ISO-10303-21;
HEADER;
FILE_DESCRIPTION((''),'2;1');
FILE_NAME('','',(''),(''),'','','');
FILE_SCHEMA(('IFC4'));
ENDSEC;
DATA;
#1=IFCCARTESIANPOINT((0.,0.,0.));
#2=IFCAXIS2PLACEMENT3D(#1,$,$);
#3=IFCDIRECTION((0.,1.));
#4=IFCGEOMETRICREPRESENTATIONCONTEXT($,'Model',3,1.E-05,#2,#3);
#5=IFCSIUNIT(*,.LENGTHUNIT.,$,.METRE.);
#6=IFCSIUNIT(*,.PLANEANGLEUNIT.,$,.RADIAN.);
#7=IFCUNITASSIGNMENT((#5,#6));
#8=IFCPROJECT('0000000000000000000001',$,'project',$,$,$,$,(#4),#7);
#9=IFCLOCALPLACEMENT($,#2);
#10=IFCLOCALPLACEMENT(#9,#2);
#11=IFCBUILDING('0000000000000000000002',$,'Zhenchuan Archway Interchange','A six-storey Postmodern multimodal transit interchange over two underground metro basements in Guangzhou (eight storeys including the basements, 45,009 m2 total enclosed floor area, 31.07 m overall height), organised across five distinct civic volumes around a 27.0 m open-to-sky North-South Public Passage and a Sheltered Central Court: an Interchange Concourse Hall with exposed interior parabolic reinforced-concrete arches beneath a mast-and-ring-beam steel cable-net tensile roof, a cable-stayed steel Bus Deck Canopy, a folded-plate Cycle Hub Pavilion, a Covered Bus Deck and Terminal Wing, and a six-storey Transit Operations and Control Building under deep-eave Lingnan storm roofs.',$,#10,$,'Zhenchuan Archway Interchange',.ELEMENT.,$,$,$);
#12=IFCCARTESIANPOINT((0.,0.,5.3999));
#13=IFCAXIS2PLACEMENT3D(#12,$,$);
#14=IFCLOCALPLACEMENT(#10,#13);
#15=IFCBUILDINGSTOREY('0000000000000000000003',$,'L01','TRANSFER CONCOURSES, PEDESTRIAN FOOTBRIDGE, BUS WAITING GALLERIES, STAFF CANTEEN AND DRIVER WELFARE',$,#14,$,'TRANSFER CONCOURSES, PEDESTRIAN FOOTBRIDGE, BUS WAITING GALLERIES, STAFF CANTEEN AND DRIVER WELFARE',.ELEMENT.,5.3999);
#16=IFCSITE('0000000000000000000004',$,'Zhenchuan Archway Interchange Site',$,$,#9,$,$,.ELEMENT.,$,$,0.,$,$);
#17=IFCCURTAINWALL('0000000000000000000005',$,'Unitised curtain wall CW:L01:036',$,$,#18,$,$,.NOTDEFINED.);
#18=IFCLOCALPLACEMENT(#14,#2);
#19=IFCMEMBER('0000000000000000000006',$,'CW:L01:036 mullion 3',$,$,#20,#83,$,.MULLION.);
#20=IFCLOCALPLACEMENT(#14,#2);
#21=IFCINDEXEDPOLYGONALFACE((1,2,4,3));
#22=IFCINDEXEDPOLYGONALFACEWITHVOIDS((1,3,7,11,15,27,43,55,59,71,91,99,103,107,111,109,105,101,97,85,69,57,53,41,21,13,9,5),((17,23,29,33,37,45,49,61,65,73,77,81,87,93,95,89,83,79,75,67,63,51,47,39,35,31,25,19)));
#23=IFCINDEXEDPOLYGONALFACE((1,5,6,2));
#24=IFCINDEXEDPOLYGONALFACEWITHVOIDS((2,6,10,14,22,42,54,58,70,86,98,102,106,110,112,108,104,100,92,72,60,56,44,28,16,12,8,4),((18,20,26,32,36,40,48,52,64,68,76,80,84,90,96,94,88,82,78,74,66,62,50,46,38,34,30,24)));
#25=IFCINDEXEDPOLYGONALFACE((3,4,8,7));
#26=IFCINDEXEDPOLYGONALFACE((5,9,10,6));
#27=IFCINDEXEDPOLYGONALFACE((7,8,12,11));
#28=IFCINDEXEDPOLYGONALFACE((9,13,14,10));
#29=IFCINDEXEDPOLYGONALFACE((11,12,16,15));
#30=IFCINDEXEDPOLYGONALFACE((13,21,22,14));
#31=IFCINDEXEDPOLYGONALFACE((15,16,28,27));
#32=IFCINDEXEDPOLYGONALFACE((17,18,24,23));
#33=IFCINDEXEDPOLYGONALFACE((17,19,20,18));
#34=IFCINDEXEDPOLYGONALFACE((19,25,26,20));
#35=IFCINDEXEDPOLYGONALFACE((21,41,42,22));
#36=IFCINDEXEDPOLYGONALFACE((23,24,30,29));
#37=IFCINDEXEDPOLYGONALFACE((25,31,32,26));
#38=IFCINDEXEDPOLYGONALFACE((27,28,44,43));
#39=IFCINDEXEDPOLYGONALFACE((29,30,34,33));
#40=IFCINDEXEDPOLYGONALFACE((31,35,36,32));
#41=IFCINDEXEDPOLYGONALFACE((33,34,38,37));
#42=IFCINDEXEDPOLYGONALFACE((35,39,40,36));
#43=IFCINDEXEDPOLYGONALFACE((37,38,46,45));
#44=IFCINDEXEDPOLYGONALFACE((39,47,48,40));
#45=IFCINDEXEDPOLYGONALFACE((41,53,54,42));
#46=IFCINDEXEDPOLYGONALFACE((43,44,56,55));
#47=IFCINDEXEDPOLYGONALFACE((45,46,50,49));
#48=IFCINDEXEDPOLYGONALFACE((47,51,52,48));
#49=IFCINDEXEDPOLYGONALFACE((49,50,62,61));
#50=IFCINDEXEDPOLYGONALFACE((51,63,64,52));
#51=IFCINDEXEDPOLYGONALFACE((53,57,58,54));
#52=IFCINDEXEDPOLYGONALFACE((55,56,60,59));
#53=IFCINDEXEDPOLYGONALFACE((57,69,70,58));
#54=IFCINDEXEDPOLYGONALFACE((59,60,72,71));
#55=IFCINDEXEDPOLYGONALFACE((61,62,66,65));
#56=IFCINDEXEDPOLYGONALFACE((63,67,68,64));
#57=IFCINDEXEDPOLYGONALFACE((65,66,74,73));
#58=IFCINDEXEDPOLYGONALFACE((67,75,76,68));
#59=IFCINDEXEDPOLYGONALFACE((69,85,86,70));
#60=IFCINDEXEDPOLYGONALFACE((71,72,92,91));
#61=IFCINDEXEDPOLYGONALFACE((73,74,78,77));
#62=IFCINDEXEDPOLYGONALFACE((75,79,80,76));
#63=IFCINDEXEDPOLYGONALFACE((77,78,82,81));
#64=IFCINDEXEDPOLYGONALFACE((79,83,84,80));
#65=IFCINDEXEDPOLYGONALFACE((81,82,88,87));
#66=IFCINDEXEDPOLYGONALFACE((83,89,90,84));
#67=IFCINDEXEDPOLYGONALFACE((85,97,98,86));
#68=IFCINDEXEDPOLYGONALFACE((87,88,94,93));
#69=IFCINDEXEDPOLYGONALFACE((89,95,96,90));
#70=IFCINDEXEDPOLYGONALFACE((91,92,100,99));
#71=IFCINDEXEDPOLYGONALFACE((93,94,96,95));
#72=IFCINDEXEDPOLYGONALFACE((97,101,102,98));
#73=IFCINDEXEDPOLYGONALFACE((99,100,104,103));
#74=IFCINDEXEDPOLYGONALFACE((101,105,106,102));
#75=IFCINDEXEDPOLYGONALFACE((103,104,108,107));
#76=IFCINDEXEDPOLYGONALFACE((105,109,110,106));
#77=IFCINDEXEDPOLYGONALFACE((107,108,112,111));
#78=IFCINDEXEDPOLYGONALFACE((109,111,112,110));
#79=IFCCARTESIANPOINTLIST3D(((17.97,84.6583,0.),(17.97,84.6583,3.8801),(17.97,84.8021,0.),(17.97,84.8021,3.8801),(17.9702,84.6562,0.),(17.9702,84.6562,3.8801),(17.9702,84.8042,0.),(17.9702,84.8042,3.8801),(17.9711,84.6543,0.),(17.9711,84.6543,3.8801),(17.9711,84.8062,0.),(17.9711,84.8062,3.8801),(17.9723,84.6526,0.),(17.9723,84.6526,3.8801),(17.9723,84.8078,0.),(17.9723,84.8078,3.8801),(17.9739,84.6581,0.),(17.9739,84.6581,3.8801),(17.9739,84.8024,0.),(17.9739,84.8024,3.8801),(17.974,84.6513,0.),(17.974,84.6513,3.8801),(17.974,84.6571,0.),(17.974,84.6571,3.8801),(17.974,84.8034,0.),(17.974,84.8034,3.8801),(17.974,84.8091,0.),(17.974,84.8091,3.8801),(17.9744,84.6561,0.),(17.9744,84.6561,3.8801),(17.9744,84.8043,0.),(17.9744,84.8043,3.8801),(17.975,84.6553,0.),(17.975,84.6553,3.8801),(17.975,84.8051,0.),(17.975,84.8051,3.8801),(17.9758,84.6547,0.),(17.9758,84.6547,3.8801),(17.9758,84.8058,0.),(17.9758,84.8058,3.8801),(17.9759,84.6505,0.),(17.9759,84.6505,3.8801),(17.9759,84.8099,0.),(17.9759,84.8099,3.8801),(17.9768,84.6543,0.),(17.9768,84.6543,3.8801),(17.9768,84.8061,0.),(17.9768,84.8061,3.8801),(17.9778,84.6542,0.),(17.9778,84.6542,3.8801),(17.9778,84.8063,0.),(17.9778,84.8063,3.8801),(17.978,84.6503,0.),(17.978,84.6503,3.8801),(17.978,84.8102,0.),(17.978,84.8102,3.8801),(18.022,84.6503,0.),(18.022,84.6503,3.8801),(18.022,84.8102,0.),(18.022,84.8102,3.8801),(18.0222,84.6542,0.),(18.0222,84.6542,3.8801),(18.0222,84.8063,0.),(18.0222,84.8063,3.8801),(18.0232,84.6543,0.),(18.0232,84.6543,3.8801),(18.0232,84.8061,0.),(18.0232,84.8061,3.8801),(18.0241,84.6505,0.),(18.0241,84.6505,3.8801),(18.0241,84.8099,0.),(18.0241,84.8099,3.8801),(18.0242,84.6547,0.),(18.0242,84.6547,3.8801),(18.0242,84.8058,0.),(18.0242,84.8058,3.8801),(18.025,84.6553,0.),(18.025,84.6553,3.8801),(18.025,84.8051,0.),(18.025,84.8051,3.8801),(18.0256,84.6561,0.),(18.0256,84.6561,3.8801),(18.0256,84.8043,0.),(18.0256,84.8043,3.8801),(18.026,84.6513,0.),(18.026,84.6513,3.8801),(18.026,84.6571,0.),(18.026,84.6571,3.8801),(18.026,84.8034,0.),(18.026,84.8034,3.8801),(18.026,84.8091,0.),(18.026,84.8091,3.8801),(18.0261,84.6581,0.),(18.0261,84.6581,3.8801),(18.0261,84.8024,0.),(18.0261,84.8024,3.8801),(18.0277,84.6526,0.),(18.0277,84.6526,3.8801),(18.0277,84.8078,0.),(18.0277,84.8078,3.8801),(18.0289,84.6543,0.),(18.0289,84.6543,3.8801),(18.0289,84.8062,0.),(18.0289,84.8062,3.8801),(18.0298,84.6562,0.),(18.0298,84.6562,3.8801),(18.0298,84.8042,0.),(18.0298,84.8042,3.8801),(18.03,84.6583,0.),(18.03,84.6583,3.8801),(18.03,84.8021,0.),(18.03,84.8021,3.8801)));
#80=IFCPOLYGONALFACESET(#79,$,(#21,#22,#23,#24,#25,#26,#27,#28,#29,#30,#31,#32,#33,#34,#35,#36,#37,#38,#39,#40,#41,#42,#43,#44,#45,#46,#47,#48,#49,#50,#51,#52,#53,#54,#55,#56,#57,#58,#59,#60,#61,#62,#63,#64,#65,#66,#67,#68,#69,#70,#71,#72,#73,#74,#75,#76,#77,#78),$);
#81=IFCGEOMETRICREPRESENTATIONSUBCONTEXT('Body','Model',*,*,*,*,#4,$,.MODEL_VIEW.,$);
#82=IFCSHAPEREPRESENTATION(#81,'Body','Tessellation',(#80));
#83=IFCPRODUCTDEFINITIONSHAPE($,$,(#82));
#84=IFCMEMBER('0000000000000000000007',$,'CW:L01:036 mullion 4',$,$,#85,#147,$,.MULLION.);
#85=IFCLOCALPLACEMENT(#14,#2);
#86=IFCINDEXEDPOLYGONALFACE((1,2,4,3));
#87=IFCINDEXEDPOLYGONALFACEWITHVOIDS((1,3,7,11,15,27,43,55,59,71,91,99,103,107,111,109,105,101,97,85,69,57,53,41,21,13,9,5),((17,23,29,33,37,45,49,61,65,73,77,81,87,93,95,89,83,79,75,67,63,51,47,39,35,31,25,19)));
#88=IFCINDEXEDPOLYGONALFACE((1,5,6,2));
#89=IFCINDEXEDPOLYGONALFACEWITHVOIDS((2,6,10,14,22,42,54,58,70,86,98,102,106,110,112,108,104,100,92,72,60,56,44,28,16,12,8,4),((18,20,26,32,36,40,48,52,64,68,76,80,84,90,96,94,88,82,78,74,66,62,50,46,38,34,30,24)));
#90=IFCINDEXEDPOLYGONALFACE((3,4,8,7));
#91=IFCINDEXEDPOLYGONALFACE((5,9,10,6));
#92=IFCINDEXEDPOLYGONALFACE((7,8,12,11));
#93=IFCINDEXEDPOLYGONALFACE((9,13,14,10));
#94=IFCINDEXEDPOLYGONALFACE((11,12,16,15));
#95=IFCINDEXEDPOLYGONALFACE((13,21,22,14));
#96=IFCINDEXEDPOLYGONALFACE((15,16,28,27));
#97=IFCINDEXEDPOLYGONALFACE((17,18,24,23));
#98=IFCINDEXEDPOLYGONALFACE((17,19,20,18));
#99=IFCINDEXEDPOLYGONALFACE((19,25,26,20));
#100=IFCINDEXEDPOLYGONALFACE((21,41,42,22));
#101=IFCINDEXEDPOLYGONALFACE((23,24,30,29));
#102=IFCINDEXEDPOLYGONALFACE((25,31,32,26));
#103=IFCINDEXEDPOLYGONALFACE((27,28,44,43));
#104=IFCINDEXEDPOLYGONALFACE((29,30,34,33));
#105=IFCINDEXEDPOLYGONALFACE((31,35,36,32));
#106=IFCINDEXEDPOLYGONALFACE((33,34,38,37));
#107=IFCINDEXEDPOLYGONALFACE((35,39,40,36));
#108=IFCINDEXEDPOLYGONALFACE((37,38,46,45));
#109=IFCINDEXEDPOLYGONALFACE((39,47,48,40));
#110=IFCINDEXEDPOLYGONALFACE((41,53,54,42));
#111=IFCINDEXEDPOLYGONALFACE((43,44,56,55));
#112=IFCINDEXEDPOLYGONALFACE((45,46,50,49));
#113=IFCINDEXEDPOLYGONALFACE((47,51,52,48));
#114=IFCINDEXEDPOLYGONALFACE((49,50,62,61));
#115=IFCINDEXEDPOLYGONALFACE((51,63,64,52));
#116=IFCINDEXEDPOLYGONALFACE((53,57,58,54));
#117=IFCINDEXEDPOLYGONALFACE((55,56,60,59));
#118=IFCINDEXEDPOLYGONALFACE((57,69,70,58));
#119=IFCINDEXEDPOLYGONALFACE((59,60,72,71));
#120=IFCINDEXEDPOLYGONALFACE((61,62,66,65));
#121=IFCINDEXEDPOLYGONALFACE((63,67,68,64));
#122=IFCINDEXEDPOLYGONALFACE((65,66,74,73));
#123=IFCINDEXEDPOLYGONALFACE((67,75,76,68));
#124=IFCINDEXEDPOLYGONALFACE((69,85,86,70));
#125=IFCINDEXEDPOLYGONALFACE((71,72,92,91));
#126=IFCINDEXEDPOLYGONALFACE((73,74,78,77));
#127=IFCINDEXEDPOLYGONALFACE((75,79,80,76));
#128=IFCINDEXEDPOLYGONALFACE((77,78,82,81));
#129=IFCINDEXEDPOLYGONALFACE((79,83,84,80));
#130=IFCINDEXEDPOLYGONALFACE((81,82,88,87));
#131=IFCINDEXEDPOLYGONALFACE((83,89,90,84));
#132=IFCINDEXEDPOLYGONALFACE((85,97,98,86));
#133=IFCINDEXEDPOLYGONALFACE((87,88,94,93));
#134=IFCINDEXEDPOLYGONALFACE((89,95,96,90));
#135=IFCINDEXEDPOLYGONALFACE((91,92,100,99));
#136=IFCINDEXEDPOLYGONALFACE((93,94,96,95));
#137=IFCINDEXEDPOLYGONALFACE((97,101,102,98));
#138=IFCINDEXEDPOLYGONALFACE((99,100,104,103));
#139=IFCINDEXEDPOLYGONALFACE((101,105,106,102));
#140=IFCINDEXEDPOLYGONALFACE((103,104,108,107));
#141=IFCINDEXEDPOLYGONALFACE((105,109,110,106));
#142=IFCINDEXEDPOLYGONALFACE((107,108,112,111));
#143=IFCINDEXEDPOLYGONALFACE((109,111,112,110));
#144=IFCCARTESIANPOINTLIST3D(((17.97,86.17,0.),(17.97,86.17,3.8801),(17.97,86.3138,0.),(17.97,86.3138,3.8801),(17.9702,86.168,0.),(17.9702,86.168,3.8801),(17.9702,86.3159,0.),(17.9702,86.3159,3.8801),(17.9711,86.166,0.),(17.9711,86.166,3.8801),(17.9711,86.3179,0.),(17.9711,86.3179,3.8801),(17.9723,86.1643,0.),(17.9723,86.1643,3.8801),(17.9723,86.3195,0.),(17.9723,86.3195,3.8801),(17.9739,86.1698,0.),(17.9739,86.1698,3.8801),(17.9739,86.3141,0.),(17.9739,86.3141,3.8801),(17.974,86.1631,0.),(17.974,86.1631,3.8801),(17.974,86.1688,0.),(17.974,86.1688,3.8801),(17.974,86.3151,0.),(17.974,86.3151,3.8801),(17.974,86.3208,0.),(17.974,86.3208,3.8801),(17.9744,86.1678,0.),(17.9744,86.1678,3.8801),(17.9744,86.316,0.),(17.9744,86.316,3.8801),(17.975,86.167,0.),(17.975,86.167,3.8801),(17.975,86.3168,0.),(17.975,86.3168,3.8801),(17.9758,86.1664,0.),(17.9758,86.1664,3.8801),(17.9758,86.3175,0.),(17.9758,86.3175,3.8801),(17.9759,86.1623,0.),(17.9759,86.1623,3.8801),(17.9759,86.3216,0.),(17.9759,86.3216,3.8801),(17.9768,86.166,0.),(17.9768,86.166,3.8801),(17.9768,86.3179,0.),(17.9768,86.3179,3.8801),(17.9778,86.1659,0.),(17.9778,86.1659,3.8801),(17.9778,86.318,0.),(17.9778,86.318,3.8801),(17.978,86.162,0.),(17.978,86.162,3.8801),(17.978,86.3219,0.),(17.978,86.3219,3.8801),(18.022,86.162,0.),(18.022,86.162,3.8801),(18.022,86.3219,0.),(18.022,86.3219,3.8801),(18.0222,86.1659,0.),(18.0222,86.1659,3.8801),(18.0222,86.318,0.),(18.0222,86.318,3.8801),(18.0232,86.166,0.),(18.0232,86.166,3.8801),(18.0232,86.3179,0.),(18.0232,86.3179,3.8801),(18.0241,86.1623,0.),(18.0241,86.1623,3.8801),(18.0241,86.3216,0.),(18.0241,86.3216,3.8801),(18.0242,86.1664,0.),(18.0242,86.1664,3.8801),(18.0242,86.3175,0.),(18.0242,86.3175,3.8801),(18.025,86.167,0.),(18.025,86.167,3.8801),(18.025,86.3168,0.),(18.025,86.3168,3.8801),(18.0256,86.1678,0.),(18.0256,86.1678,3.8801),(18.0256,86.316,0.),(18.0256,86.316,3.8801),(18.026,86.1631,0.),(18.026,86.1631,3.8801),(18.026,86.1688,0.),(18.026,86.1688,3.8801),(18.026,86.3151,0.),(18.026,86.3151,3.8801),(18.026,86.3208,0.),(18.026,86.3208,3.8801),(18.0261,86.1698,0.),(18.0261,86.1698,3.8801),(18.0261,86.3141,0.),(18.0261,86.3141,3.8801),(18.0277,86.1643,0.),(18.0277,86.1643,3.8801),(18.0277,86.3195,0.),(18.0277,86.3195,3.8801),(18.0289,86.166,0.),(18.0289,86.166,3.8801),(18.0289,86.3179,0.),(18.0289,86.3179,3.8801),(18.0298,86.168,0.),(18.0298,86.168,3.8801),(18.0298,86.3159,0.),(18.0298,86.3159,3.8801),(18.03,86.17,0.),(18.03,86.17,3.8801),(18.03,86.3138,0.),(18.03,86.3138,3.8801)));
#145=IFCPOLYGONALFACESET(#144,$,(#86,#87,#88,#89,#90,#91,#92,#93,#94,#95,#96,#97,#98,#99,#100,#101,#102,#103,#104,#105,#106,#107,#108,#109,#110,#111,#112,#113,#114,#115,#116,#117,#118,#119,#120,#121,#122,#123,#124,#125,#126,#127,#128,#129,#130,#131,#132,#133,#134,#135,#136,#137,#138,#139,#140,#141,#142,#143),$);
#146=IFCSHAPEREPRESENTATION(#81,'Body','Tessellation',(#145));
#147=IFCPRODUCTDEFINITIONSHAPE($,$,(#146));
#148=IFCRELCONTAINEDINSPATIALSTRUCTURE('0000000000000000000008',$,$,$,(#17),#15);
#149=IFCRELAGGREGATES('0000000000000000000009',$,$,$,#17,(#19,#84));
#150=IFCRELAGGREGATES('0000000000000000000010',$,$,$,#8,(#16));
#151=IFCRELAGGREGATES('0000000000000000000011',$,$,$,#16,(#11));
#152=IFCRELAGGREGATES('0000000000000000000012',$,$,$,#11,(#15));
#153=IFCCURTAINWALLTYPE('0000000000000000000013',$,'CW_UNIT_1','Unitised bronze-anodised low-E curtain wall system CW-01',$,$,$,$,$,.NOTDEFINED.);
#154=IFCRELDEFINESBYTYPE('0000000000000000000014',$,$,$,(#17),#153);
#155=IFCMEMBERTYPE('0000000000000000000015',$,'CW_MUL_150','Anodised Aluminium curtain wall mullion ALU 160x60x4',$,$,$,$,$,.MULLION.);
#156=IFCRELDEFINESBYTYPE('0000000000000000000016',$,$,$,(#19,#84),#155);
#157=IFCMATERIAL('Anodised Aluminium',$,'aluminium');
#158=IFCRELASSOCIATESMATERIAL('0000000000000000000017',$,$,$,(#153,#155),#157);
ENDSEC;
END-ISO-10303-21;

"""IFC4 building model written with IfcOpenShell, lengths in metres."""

from ifc_helpers import new_model, si_unit, direction, frame, origin, origin_2d, place, context, subcontext, project, spatial, hollow_rectangle, extrude, material, material_profile, profile_set, type_object, element, aggregate, save


model = new_model("IFC4")

# Units and contexts
model_context = context("Model", 3, precision=1e-05, world=origin(), true_north=direction((0.0, 1.0)))
body_context = subcontext(model_context, "Body", "Model", "MODEL_VIEW")
ifc_project = project(units=[si_unit("LENGTHUNIT", "METRE"), si_unit("PLANEANGLEUNIT", "RADIAN")], contexts=[model_context])

# Site, building, storey
site_placement = place(None, origin())
site = spatial("IfcSite", under=ifc_project, at=site_placement, Name="Zhenchuan Archway Interchange Site", CompositionType="ELEMENT", RefElevation=0.0)
building_placement = place(site_placement, origin())
building = spatial("IfcBuilding", under=site, at=building_placement, Name="Zhenchuan Archway Interchange", Description="A six-storey Postmodern multimodal transit interchange over two underground metro basements in Guangzhou (eight storeys including the basements, 45,009 m2 total enclosed floor area, 31.07 m overall height), organised across five distinct civic volumes around a 27.0 m open-to-sky North-South Public Passage and a Sheltered Central Court: an Interchange Concourse Hall with exposed interior parabolic reinforced-concrete arches beneath a mast-and-ring-beam steel cable-net tensile roof, a cable-stayed steel Bus Deck Canopy, a folded-plate Cycle Hub Pavilion, a Covered Bus Deck and Terminal Wing, and a six-storey Transit Operations and Control Building under deep-eave Lingnan storm roofs.", LongName="Zhenchuan Archway Interchange", CompositionType="ELEMENT")
storey_placement = place(building_placement, frame((0.0, 0.0, 5.3999)))
storey = spatial("IfcBuildingStorey", under=building, at=storey_placement, Name="L01", Description="TRANSFER CONCOURSES, PEDESTRIAN FOOTBRIDGE, BUS WAITING GALLERIES, STAFF CANTEEN AND DRIVER WELFARE", LongName="TRANSFER CONCOURSES, PEDESTRIAN FOOTBRIDGE, BUS WAITING GALLERIES, STAFF CANTEEN AND DRIVER WELFARE", CompositionType="ELEMENT", Elevation=5.3999)

# Curtain wall, members
ifc_material_1 = material(Name="Anodised Aluminium", Category="aluminium")
curtain_wall_type = type_object("IfcCurtainWallType", Name="CW_UNIT_1", Description="Unitised bronze-anodised low-E curtain wall system CW-01", PredefinedType="NOTDEFINED", material=ifc_material_1)
curtain_wall_placement = place(storey_placement, origin())
curtain_wall = element("IfcCurtainWall", 1, at=curtain_wall_placement, inside=storey, type_object=curtain_wall_type, Name="Unitised curtain wall CW:L01:036", PredefinedType="NOTDEFINED")
ifc_material_profile_1 = material_profile(ifc_material_1, hollow_rectangle(XDim=0.0601, YDim=0.1599, WallThickness=0.0039, InnerFilletRadius=0.0039, OuterFilletRadius=0.0081, at=origin_2d()), Name="ALU 160x60x4")
ifc_profile_set_1 = profile_set([ifc_material_profile_1], Name="Anodised Aluminium")
member_type_1 = type_object("IfcMemberType", Name="CW_MUL_150", Description="Anodised Aluminium curtain wall mullion ALU 160x60x4", PredefinedType="MULLION", material=ifc_profile_set_1)
member_1_placement = place(storey_placement, frame((18.0, 84.7302, 0.0), z_axis=(0.0, 0.0, 1.0), x_axis=(1.0, 0.0, 0.0)))
member_1 = element("IfcMember", 2, at=member_1_placement, type_object=member_type_1, Name="CW:L01:036 mullion 3", PredefinedType="MULLION", context=body_context, shape_type="SweptSolid", body=[
    extrude(hollow_rectangle(XDim=0.0601, YDim=0.1599, WallThickness=0.0039, InnerFilletRadius=0.0039, OuterFilletRadius=0.0081, at=origin_2d()), origin(), (0.0, 0.0, 1.0), 3.8801),
])
member_2_placement = place(storey_placement, frame((18.0, 86.2419, 0.0), z_axis=(0.0, 0.0, 1.0), x_axis=(1.0, 0.0, 0.0)))
member_2 = element("IfcMember", 3, at=member_2_placement, type_object=member_type_1, Name="CW:L01:036 mullion 4", PredefinedType="MULLION", context=body_context, shape_type="SweptSolid", body=[
    extrude(hollow_rectangle(XDim=0.0601, YDim=0.1599, WallThickness=0.0039, InnerFilletRadius=0.0039, OuterFilletRadius=0.0081, at=origin_2d()), origin(), (0.0, 0.0, 1.0), 3.8801),
])
aggregate(curtain_wall, [member_1, member_2])

save(model, "model.ifc")
